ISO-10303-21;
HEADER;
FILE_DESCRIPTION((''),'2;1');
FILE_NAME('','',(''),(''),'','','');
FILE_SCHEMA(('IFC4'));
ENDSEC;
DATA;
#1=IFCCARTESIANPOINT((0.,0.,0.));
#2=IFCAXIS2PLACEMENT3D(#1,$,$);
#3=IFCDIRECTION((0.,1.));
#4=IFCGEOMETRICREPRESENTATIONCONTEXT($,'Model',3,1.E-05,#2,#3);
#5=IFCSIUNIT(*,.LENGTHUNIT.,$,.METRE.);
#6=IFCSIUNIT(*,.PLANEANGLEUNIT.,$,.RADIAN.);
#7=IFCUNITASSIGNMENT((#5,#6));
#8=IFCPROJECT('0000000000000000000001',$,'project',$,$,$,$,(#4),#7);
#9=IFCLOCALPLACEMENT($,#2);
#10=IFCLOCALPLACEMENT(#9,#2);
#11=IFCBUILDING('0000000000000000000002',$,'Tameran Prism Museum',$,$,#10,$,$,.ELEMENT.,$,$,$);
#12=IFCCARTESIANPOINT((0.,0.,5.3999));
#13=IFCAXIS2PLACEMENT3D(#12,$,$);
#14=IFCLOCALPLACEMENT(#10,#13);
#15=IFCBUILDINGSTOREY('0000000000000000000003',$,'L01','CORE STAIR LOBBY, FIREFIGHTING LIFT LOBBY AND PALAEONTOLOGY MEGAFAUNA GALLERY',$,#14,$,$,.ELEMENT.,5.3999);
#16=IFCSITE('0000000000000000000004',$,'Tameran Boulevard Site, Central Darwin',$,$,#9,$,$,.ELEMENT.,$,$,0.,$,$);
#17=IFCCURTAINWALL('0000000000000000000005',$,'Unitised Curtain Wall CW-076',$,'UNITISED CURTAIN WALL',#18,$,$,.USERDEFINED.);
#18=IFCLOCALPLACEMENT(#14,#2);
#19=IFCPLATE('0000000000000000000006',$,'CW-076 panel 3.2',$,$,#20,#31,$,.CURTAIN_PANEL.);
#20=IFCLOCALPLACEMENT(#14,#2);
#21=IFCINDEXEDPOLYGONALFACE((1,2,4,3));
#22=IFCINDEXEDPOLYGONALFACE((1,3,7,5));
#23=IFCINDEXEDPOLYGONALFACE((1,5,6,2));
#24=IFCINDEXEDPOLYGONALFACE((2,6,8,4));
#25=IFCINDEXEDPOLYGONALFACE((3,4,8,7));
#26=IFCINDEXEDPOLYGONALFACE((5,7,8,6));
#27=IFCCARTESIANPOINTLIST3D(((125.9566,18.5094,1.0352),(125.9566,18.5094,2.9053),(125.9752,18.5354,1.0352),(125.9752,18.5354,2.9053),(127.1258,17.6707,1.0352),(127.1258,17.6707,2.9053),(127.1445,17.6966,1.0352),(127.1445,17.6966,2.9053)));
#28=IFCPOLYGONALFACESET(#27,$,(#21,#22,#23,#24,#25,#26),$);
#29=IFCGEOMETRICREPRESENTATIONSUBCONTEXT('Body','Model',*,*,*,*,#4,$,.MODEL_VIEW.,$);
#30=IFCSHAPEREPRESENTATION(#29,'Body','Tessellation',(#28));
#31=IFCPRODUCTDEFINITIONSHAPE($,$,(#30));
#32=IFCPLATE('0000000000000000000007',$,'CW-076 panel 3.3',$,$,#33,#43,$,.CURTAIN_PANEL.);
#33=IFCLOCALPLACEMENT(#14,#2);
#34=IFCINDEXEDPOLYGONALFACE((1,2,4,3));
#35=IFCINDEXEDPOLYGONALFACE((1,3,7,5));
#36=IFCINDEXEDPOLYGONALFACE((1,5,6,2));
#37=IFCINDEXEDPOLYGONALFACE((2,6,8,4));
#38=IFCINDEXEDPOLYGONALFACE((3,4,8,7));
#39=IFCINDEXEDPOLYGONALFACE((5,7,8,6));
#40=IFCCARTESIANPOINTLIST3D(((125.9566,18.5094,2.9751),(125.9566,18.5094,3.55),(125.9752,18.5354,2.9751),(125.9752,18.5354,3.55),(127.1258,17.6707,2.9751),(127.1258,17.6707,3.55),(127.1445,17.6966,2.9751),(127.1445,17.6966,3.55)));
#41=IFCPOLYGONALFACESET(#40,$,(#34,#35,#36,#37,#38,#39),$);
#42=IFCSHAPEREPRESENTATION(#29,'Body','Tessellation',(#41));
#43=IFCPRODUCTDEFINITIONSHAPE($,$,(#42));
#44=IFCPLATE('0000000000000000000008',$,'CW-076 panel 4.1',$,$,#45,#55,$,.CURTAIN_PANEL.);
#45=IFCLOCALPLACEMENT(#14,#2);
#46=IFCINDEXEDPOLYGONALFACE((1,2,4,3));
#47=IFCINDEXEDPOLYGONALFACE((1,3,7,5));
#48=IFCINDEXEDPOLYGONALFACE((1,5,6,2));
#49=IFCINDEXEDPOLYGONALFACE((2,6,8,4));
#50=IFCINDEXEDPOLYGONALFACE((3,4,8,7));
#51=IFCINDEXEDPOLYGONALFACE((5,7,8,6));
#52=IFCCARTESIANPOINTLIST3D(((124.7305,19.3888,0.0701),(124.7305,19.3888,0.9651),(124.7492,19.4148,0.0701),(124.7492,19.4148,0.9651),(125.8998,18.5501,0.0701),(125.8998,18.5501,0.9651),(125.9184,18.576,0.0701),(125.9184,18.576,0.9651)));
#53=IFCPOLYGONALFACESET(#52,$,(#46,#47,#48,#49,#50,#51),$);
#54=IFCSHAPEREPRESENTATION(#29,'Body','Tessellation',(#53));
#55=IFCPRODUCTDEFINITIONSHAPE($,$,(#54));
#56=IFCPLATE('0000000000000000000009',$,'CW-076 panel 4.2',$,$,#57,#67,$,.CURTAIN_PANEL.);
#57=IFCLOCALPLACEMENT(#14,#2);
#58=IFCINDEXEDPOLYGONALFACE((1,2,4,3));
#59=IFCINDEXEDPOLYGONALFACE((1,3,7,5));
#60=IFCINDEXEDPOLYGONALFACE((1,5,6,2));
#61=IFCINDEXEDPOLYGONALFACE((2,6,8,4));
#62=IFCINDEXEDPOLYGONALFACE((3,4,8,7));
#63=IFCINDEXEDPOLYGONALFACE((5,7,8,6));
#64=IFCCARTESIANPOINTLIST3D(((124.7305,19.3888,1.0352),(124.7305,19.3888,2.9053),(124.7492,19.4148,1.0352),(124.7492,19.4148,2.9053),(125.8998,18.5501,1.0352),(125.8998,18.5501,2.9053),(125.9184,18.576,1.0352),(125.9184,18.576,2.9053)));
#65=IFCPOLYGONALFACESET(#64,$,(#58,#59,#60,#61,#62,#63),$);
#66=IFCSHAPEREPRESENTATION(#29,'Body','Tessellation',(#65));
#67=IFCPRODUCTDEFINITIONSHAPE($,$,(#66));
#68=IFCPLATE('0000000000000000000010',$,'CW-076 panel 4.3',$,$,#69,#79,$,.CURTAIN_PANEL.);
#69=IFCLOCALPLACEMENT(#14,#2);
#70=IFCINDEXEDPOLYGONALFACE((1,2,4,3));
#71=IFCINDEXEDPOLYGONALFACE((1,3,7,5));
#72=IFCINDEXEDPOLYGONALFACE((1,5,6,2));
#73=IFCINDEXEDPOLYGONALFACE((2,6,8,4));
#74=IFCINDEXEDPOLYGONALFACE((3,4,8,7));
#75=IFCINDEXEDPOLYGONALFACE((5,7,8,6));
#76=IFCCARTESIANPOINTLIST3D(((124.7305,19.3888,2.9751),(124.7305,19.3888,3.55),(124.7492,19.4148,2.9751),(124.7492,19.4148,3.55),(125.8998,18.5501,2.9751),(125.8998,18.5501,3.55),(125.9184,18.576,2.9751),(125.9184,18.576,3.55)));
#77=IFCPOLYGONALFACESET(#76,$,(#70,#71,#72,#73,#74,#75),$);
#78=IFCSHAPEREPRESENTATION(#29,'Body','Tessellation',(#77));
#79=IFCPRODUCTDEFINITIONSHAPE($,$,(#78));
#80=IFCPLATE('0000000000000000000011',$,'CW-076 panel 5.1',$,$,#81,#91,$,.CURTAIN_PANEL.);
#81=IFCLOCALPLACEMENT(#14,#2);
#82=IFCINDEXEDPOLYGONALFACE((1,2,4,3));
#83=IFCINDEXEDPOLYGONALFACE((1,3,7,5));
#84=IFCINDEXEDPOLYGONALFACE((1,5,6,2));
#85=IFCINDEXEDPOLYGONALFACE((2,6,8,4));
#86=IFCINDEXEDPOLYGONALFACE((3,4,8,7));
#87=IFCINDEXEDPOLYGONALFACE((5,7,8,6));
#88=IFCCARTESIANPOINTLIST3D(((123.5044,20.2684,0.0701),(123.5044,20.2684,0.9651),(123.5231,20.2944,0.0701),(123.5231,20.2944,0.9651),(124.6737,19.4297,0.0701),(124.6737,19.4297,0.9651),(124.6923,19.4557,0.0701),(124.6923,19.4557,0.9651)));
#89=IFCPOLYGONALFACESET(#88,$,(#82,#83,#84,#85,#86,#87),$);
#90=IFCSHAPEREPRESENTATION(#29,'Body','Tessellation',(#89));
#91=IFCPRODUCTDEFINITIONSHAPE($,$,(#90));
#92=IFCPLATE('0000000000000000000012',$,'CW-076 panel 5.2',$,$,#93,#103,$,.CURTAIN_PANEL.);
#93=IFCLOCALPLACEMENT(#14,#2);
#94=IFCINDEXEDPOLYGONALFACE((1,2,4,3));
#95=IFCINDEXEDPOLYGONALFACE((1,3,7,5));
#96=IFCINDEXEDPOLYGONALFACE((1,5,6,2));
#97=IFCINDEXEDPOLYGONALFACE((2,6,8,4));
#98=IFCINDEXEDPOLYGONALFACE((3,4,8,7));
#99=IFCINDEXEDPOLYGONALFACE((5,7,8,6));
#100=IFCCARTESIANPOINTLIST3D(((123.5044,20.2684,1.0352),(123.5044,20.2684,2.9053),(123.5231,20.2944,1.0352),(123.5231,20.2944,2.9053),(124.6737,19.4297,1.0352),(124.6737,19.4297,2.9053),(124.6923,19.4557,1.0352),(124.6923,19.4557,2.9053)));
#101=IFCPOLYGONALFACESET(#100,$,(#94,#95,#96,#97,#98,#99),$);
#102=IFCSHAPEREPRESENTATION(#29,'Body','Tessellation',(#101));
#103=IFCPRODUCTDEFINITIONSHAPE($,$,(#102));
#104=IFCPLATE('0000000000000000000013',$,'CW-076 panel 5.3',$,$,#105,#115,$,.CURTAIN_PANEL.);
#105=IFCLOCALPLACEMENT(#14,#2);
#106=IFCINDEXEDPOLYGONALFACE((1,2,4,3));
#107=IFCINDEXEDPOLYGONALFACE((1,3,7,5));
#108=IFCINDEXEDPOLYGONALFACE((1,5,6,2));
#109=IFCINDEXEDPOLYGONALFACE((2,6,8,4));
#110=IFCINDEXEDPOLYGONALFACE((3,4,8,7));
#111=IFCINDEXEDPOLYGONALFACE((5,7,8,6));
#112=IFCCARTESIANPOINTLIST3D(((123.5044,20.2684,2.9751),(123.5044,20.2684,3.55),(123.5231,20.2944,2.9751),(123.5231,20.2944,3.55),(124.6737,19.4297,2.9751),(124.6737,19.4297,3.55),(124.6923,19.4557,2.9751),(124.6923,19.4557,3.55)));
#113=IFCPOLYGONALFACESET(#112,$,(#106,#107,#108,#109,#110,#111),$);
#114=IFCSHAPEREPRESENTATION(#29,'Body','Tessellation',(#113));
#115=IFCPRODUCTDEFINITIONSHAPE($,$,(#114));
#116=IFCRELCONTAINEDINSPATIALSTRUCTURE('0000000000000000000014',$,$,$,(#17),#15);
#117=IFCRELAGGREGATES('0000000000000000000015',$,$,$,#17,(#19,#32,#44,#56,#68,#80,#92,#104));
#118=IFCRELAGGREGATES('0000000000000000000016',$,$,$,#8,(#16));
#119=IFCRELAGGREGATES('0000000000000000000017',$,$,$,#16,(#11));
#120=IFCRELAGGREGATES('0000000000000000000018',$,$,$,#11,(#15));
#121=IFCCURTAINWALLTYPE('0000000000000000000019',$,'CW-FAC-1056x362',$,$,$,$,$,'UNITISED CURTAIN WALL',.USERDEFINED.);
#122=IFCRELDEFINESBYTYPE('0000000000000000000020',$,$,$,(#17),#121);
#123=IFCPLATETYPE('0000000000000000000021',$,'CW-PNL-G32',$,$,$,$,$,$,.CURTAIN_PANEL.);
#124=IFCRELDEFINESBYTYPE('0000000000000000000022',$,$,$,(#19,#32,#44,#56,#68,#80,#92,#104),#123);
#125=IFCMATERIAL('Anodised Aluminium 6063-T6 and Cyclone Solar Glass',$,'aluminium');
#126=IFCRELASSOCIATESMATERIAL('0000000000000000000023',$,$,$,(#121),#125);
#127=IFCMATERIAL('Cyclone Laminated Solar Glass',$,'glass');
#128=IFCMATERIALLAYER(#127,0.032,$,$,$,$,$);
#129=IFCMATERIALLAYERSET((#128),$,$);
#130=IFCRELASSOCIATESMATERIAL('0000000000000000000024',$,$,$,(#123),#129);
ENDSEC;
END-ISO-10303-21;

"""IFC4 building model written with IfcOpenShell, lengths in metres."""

from ifc_helpers import new_model, si_unit, direction, frame, origin, origin_2d, place, context, subcontext, project, spatial, rectangle, extrude, material, layer, layer_set, type_object, element, aggregate, save


model = new_model("IFC4")

# Units and contexts
model_context = context("Model", 3, precision=1e-05, world=origin(), true_north=direction((0.0, 1.0)))
body_context = subcontext(model_context, "Body", "Model", "MODEL_VIEW")
ifc_project = project(units=[si_unit("LENGTHUNIT", "METRE"), si_unit("PLANEANGLEUNIT", "RADIAN")], contexts=[model_context])

# Site, building, storey
site_placement = place(None, origin())
site = spatial("IfcSite", under=ifc_project, at=site_placement, Name="Tameran Boulevard Site, Central Darwin", CompositionType="ELEMENT", RefElevation=0.0)
building_placement = place(site_placement, origin())
building = spatial("IfcBuilding", under=site, at=building_placement, Name="Tameran Prism Museum", CompositionType="ELEMENT")
storey_placement = place(building_placement, frame((0.0, 0.0, 5.3999)))
storey = spatial("IfcBuildingStorey", under=building, at=storey_placement, Name="L01", Description="CORE STAIR LOBBY, FIREFIGHTING LIFT LOBBY AND PALAEONTOLOGY MEGAFAUNA GALLERY", CompositionType="ELEMENT", Elevation=5.3999)

# Curtain wall, plates
ifc_material_1 = material(Name="Anodised Aluminium 6063-T6 and Cyclone Solar Glass", Category="aluminium")
curtain_wall_type = type_object("IfcCurtainWallType", Name="CW-FAC-1056x362", ElementType="UNITISED CURTAIN WALL", PredefinedType="USERDEFINED", material=ifc_material_1)
curtain_wall_placement = place(storey_placement, origin())
curtain_wall = element("IfcCurtainWall", 1, at=curtain_wall_placement, inside=storey, type_object=curtain_wall_type, Name="Unitised Curtain Wall CW-076", ObjectType="UNITISED CURTAIN WALL", PredefinedType="USERDEFINED")
ifc_material_2 = material(Name="Cyclone Laminated Solar Glass", Category="glass")
ifc_layer = layer(ifc_material_2, 0.032)
ifc_layer_set = layer_set([ifc_layer])
plate_type = type_object("IfcPlateType", Name="CW-PNL-G32", PredefinedType="CURTAIN_PANEL", material=ifc_layer_set)
plate_1_placement = place(storey_placement, frame((126.5505, 18.103, 1.0352), z_axis=(0.0, 0.0, 1.0), x_axis=(-0.812555, 0.582885, 0.0)))
plate_1 = element("IfcPlate", 2, at=plate_1_placement, type_object=plate_type, Name="CW-076 panel 3.2", PredefinedType="CURTAIN_PANEL", context=body_context, shape_type="SweptSolid", body=[
    extrude(rectangle(XDim=1.439, YDim=0.032, at=origin_2d()), origin(), (0.0, 0.0, 1.0), 1.8701),
])
plate_2_placement = place(storey_placement, frame((126.5505, 18.103, 2.9751), z_axis=(0.0, 0.0, 1.0), x_axis=(-0.812555, 0.582885, 0.0)))
plate_2 = element("IfcPlate", 3, at=plate_2_placement, type_object=plate_type, Name="CW-076 panel 3.3", PredefinedType="CURTAIN_PANEL", context=body_context, shape_type="SweptSolid", body=[
    extrude(rectangle(XDim=1.439, YDim=0.032, at=origin_2d()), origin(), (0.0, 0.0, 1.0), 0.575),
])
plate_3_placement = place(storey_placement, frame((125.3245, 18.9824, 0.0701), z_axis=(0.0, 0.0, 1.0), x_axis=(-0.812555, 0.582885, 0.0)))
plate_3 = element("IfcPlate", 4, at=plate_3_placement, type_object=plate_type, Name="CW-076 panel 4.1", PredefinedType="CURTAIN_PANEL", context=body_context, shape_type="SweptSolid", body=[
    extrude(rectangle(XDim=1.439, YDim=0.032, at=origin_2d()), origin(), (0.0, 0.0, 1.0), 0.895),
])
plate_4_placement = place(storey_placement, frame((125.3245, 18.9824, 1.0352), z_axis=(0.0, 0.0, 1.0), x_axis=(-0.812555, 0.582885, 0.0)))
plate_4 = element("IfcPlate", 5, at=plate_4_placement, type_object=plate_type, Name="CW-076 panel 4.2", PredefinedType="CURTAIN_PANEL", context=body_context, shape_type="SweptSolid", body=[
    extrude(rectangle(XDim=1.439, YDim=0.032, at=origin_2d()), origin(), (0.0, 0.0, 1.0), 1.8701),
])
plate_5_placement = place(storey_placement, frame((125.3245, 18.9824, 2.9751), z_axis=(0.0, 0.0, 1.0), x_axis=(-0.812555, 0.582885, 0.0)))
plate_5 = element("IfcPlate", 6, at=plate_5_placement, type_object=plate_type, Name="CW-076 panel 4.3", PredefinedType="CURTAIN_PANEL", context=body_context, shape_type="SweptSolid", body=[
    extrude(rectangle(XDim=1.439, YDim=0.032, at=origin_2d()), origin(), (0.0, 0.0, 1.0), 0.575),
])
plate_6_placement = place(storey_placement, frame((124.0984, 19.8621, 0.0701), z_axis=(0.0, 0.0, 1.0), x_axis=(-0.812555, 0.582885, 0.0)))
plate_6 = element("IfcPlate", 7, at=plate_6_placement, type_object=plate_type, Name="CW-076 panel 5.1", PredefinedType="CURTAIN_PANEL", context=body_context, shape_type="SweptSolid", body=[
    extrude(rectangle(XDim=1.439, YDim=0.032, at=origin_2d()), origin(), (0.0, 0.0, 1.0), 0.895),
])
plate_7_placement = place(storey_placement, frame((124.0984, 19.8621, 1.0352), z_axis=(0.0, 0.0, 1.0), x_axis=(-0.812555, 0.582885, 0.0)))
plate_7 = element("IfcPlate", 8, at=plate_7_placement, type_object=plate_type, Name="CW-076 panel 5.2", PredefinedType="CURTAIN_PANEL", context=body_context, shape_type="SweptSolid", body=[
    extrude(rectangle(XDim=1.439, YDim=0.032, at=origin_2d()), origin(), (0.0, 0.0, 1.0), 1.8701),
])
plate_8_placement = place(storey_placement, frame((124.0984, 19.8621, 2.9751), z_axis=(0.0, 0.0, 1.0), x_axis=(-0.812555, 0.582885, 0.0)))
plate_8 = element("IfcPlate", 9, at=plate_8_placement, type_object=plate_type, Name="CW-076 panel 5.3", PredefinedType="CURTAIN_PANEL", context=body_context, shape_type="SweptSolid", body=[
    extrude(rectangle(XDim=1.439, YDim=0.032, at=origin_2d()), origin(), (0.0, 0.0, 1.0), 0.575),
])
aggregate(curtain_wall, [plate_1, plate_2, plate_3, plate_4, plate_5, plate_6, plate_7, plate_8])

save(model, "model.ifc")
